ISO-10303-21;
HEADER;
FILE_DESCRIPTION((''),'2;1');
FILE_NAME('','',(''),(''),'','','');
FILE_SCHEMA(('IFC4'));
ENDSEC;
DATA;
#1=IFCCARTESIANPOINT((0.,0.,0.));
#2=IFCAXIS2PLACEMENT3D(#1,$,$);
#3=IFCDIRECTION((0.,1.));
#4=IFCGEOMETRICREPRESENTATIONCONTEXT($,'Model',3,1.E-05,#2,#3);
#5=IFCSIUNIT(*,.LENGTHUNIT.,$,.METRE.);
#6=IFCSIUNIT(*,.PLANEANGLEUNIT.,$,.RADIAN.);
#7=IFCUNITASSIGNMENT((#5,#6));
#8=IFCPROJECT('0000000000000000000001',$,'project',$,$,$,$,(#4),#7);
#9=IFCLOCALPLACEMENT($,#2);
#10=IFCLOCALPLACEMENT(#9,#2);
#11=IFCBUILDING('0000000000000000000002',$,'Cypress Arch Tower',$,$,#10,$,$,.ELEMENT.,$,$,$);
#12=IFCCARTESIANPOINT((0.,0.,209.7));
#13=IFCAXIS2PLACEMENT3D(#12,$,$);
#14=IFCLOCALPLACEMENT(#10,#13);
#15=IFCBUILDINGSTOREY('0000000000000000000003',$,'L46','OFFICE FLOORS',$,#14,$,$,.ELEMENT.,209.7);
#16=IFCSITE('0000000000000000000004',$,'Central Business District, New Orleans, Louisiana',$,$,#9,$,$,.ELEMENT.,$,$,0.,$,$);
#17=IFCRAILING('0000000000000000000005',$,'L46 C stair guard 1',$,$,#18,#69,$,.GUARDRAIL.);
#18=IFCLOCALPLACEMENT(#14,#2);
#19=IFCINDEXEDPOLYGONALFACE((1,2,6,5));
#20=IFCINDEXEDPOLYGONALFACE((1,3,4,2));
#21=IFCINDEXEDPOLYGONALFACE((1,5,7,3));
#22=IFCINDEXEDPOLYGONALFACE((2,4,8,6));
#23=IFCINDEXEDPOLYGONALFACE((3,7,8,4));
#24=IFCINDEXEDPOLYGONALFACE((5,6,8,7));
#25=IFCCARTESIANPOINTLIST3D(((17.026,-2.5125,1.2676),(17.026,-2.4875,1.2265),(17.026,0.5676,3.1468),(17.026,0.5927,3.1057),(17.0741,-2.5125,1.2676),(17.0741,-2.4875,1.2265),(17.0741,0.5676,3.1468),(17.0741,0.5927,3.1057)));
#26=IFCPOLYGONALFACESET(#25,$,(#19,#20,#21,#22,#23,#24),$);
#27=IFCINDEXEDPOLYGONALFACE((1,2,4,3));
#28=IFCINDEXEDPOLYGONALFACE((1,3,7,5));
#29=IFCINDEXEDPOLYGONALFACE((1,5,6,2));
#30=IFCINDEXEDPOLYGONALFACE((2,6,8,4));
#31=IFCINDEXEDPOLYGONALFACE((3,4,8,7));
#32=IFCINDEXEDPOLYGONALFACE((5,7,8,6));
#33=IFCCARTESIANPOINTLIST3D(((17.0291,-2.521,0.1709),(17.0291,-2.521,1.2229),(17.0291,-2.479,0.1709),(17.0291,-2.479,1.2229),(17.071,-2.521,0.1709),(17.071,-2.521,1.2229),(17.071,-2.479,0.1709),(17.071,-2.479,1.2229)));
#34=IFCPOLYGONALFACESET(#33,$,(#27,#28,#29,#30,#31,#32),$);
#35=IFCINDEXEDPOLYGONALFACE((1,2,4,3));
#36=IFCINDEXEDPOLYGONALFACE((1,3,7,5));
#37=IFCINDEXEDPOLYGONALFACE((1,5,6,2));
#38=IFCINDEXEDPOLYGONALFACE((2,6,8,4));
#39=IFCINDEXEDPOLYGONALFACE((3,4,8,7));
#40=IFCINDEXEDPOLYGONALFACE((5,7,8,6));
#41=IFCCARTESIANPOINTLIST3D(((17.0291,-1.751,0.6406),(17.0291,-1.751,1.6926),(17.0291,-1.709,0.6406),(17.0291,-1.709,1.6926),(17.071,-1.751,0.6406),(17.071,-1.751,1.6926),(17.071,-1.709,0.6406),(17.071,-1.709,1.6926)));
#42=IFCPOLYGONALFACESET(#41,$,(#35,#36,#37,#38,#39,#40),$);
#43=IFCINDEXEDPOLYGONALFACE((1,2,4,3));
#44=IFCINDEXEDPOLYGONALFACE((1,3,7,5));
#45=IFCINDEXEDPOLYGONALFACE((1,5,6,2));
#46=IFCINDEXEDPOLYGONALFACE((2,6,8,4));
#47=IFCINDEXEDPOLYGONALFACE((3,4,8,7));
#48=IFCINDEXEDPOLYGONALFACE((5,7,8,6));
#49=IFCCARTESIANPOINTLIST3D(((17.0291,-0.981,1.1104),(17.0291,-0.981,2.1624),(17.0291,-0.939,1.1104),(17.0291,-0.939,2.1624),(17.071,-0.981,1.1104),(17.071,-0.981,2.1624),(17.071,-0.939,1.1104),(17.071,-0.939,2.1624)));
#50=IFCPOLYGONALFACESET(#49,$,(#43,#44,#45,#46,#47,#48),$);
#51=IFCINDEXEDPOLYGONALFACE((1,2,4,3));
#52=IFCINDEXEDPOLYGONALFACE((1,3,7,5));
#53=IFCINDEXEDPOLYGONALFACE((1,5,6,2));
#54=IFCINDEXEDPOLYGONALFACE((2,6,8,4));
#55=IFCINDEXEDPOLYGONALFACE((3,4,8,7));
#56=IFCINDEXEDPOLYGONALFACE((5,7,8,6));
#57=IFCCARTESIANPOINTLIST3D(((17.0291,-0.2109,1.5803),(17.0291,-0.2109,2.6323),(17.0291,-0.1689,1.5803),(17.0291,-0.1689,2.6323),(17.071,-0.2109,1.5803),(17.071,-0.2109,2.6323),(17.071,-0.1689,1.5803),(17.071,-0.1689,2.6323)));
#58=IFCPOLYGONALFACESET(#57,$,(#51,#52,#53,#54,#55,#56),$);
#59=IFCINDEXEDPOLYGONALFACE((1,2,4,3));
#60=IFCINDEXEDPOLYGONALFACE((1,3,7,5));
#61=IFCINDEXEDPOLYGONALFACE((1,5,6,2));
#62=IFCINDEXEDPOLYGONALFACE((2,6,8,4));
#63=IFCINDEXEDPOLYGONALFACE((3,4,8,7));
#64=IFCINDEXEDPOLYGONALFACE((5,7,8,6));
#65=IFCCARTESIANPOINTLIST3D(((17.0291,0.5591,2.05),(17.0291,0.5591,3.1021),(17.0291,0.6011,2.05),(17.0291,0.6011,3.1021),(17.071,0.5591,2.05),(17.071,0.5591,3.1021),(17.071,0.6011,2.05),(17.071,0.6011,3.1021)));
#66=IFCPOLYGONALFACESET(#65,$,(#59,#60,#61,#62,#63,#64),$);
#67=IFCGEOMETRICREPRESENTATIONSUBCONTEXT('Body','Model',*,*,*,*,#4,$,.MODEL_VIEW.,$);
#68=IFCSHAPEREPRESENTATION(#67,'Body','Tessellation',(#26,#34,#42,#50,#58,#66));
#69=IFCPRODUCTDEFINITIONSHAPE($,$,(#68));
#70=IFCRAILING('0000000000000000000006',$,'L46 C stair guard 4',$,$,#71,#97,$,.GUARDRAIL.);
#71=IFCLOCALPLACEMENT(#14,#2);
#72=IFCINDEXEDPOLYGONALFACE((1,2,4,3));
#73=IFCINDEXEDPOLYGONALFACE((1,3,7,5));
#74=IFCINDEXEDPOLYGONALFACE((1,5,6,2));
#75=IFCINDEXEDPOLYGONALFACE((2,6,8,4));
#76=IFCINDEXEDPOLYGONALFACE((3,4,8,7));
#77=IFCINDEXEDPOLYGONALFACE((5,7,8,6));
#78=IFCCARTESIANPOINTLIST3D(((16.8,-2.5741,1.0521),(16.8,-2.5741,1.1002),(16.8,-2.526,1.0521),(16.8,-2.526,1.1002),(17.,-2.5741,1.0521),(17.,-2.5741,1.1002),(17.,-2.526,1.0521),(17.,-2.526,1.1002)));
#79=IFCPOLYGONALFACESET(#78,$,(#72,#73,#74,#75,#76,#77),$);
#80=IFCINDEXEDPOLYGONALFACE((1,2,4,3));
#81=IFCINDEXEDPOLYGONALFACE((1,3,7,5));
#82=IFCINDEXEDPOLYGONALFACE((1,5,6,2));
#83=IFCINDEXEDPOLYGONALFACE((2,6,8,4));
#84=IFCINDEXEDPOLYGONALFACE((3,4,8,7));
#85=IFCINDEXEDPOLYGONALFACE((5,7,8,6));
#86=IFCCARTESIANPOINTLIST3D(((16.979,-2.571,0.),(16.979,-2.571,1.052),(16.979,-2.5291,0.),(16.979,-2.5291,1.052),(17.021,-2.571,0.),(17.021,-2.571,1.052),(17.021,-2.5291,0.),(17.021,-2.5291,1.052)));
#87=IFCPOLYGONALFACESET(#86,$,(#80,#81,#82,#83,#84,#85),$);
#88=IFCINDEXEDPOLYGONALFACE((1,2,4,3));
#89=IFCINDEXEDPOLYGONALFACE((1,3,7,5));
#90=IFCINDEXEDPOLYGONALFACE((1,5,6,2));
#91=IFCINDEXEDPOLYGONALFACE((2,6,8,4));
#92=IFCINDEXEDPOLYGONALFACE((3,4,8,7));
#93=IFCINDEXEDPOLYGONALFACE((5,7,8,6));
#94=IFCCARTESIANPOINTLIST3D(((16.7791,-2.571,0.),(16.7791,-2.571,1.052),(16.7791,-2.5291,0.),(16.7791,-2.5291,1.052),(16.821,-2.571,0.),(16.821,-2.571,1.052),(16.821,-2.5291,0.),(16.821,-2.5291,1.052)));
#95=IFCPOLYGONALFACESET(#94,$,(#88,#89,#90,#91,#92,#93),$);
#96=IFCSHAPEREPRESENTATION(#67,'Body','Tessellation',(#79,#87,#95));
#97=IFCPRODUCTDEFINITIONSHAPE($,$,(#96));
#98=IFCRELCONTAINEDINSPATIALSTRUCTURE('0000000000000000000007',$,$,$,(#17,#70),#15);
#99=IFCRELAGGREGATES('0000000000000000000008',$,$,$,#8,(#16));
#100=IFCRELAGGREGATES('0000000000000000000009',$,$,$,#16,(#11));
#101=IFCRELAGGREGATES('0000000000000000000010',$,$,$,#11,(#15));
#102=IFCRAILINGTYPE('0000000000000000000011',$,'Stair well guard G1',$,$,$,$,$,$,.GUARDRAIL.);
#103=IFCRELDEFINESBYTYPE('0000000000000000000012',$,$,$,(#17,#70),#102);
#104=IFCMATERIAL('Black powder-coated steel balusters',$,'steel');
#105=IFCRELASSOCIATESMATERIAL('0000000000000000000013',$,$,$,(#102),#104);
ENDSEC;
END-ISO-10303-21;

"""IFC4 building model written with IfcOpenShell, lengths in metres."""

from ifc_helpers import new_model, si_unit, direction, frame, origin, origin_2d, place, context, subcontext, project, spatial, rectangle, extrude, material, type_object, element, save


model = new_model("IFC4")

# Units and contexts
model_context = context("Model", 3, precision=1e-05, world=origin(), true_north=direction((0.0, 1.0)))
body_context = subcontext(model_context, "Body", "Model", "MODEL_VIEW")
ifc_project = project(units=[si_unit("LENGTHUNIT", "METRE"), si_unit("PLANEANGLEUNIT", "RADIAN")], contexts=[model_context])

# Site, building, storey
site_placement = place(None, origin())
site = spatial("IfcSite", under=ifc_project, at=site_placement, Name="Central Business District, New Orleans, Louisiana", CompositionType="ELEMENT", RefElevation=0.0)
building_placement = place(site_placement, origin())
building = spatial("IfcBuilding", under=site, at=building_placement, Name="Cypress Arch Tower", CompositionType="ELEMENT")
storey_placement = place(building_placement, frame((0.0, 0.0, 209.7)))
storey = spatial("IfcBuildingStorey", under=building, at=storey_placement, Name="L46", Description="OFFICE FLOORS", CompositionType="ELEMENT", Elevation=209.7)

# Railings
ifc_material_1 = material(Name="Black powder-coated steel balusters", Category="steel")
railing_type_1 = type_object("IfcRailingType", Name="Stair well guard G1", PredefinedType="GUARDRAIL", material=ifc_material_1)
railing_1_placement = place(storey_placement, frame((17.05, -2.5, 0.1709)))
element("IfcRailing", 1, at=railing_1_placement, inside=storey, type_object=railing_type_1, Name="L46 C stair guard 1", PredefinedType="GUARDRAIL", context=body_context, shape_type="SweptSolid", body=[
    extrude(rectangle(XDim=0.0481, YDim=0.0481, at=origin_2d()), frame((0.0, 0.0, 1.0762), z_axis=(0.0, 0.853666, 0.52082), x_axis=(-1.0, 0.0, 0.0)), (0.0, 0.0, 1.0), 3.6082),
    extrude(rectangle(XDim=0.042, YDim=0.042, at=origin_2d()), origin(), (0.0, 0.0, 1.0), 1.052),
    extrude(rectangle(XDim=0.042, YDim=0.042, at=origin_2d()), frame((0.0, 0.77, 0.4697)), (0.0, 0.0, 1.0), 1.052),
    extrude(rectangle(XDim=0.042, YDim=0.042, at=origin_2d()), frame((0.0, 1.54, 0.9395)), (0.0, 0.0, 1.0), 1.052),
    extrude(rectangle(XDim=0.042, YDim=0.042, at=origin_2d()), frame((0.0, 2.3101, 1.4094)), (0.0, 0.0, 1.0), 1.052),
    extrude(rectangle(XDim=0.042, YDim=0.042, at=origin_2d()), frame((0.0, 3.0801, 1.8792)), (0.0, 0.0, 1.0), 1.052),
])
railing_2_placement = place(storey_placement, frame((17.0, -2.55, 0.0)))
element("IfcRailing", 2, at=railing_2_placement, inside=storey, type_object=railing_type_1, Name="L46 C stair guard 4", PredefinedType="GUARDRAIL", context=body_context, shape_type="SweptSolid", body=[
    extrude(rectangle(XDim=0.0481, YDim=0.0481, at=origin_2d()), frame((0.0, 0.0, 1.0762), z_axis=(-1.0, 0.0, 0.0), x_axis=(0.0, -1.0, 0.0)), (0.0, 0.0, 1.0), 0.2),
    extrude(rectangle(XDim=0.042, YDim=0.042, at=origin_2d()), origin(), (0.0, 0.0, 1.0), 1.052),
    extrude(rectangle(XDim=0.042, YDim=0.042, at=origin_2d()), frame((-0.2, 0.0, 0.0)), (0.0, 0.0, 1.0), 1.052),
])

save(model, "model.ifc")
